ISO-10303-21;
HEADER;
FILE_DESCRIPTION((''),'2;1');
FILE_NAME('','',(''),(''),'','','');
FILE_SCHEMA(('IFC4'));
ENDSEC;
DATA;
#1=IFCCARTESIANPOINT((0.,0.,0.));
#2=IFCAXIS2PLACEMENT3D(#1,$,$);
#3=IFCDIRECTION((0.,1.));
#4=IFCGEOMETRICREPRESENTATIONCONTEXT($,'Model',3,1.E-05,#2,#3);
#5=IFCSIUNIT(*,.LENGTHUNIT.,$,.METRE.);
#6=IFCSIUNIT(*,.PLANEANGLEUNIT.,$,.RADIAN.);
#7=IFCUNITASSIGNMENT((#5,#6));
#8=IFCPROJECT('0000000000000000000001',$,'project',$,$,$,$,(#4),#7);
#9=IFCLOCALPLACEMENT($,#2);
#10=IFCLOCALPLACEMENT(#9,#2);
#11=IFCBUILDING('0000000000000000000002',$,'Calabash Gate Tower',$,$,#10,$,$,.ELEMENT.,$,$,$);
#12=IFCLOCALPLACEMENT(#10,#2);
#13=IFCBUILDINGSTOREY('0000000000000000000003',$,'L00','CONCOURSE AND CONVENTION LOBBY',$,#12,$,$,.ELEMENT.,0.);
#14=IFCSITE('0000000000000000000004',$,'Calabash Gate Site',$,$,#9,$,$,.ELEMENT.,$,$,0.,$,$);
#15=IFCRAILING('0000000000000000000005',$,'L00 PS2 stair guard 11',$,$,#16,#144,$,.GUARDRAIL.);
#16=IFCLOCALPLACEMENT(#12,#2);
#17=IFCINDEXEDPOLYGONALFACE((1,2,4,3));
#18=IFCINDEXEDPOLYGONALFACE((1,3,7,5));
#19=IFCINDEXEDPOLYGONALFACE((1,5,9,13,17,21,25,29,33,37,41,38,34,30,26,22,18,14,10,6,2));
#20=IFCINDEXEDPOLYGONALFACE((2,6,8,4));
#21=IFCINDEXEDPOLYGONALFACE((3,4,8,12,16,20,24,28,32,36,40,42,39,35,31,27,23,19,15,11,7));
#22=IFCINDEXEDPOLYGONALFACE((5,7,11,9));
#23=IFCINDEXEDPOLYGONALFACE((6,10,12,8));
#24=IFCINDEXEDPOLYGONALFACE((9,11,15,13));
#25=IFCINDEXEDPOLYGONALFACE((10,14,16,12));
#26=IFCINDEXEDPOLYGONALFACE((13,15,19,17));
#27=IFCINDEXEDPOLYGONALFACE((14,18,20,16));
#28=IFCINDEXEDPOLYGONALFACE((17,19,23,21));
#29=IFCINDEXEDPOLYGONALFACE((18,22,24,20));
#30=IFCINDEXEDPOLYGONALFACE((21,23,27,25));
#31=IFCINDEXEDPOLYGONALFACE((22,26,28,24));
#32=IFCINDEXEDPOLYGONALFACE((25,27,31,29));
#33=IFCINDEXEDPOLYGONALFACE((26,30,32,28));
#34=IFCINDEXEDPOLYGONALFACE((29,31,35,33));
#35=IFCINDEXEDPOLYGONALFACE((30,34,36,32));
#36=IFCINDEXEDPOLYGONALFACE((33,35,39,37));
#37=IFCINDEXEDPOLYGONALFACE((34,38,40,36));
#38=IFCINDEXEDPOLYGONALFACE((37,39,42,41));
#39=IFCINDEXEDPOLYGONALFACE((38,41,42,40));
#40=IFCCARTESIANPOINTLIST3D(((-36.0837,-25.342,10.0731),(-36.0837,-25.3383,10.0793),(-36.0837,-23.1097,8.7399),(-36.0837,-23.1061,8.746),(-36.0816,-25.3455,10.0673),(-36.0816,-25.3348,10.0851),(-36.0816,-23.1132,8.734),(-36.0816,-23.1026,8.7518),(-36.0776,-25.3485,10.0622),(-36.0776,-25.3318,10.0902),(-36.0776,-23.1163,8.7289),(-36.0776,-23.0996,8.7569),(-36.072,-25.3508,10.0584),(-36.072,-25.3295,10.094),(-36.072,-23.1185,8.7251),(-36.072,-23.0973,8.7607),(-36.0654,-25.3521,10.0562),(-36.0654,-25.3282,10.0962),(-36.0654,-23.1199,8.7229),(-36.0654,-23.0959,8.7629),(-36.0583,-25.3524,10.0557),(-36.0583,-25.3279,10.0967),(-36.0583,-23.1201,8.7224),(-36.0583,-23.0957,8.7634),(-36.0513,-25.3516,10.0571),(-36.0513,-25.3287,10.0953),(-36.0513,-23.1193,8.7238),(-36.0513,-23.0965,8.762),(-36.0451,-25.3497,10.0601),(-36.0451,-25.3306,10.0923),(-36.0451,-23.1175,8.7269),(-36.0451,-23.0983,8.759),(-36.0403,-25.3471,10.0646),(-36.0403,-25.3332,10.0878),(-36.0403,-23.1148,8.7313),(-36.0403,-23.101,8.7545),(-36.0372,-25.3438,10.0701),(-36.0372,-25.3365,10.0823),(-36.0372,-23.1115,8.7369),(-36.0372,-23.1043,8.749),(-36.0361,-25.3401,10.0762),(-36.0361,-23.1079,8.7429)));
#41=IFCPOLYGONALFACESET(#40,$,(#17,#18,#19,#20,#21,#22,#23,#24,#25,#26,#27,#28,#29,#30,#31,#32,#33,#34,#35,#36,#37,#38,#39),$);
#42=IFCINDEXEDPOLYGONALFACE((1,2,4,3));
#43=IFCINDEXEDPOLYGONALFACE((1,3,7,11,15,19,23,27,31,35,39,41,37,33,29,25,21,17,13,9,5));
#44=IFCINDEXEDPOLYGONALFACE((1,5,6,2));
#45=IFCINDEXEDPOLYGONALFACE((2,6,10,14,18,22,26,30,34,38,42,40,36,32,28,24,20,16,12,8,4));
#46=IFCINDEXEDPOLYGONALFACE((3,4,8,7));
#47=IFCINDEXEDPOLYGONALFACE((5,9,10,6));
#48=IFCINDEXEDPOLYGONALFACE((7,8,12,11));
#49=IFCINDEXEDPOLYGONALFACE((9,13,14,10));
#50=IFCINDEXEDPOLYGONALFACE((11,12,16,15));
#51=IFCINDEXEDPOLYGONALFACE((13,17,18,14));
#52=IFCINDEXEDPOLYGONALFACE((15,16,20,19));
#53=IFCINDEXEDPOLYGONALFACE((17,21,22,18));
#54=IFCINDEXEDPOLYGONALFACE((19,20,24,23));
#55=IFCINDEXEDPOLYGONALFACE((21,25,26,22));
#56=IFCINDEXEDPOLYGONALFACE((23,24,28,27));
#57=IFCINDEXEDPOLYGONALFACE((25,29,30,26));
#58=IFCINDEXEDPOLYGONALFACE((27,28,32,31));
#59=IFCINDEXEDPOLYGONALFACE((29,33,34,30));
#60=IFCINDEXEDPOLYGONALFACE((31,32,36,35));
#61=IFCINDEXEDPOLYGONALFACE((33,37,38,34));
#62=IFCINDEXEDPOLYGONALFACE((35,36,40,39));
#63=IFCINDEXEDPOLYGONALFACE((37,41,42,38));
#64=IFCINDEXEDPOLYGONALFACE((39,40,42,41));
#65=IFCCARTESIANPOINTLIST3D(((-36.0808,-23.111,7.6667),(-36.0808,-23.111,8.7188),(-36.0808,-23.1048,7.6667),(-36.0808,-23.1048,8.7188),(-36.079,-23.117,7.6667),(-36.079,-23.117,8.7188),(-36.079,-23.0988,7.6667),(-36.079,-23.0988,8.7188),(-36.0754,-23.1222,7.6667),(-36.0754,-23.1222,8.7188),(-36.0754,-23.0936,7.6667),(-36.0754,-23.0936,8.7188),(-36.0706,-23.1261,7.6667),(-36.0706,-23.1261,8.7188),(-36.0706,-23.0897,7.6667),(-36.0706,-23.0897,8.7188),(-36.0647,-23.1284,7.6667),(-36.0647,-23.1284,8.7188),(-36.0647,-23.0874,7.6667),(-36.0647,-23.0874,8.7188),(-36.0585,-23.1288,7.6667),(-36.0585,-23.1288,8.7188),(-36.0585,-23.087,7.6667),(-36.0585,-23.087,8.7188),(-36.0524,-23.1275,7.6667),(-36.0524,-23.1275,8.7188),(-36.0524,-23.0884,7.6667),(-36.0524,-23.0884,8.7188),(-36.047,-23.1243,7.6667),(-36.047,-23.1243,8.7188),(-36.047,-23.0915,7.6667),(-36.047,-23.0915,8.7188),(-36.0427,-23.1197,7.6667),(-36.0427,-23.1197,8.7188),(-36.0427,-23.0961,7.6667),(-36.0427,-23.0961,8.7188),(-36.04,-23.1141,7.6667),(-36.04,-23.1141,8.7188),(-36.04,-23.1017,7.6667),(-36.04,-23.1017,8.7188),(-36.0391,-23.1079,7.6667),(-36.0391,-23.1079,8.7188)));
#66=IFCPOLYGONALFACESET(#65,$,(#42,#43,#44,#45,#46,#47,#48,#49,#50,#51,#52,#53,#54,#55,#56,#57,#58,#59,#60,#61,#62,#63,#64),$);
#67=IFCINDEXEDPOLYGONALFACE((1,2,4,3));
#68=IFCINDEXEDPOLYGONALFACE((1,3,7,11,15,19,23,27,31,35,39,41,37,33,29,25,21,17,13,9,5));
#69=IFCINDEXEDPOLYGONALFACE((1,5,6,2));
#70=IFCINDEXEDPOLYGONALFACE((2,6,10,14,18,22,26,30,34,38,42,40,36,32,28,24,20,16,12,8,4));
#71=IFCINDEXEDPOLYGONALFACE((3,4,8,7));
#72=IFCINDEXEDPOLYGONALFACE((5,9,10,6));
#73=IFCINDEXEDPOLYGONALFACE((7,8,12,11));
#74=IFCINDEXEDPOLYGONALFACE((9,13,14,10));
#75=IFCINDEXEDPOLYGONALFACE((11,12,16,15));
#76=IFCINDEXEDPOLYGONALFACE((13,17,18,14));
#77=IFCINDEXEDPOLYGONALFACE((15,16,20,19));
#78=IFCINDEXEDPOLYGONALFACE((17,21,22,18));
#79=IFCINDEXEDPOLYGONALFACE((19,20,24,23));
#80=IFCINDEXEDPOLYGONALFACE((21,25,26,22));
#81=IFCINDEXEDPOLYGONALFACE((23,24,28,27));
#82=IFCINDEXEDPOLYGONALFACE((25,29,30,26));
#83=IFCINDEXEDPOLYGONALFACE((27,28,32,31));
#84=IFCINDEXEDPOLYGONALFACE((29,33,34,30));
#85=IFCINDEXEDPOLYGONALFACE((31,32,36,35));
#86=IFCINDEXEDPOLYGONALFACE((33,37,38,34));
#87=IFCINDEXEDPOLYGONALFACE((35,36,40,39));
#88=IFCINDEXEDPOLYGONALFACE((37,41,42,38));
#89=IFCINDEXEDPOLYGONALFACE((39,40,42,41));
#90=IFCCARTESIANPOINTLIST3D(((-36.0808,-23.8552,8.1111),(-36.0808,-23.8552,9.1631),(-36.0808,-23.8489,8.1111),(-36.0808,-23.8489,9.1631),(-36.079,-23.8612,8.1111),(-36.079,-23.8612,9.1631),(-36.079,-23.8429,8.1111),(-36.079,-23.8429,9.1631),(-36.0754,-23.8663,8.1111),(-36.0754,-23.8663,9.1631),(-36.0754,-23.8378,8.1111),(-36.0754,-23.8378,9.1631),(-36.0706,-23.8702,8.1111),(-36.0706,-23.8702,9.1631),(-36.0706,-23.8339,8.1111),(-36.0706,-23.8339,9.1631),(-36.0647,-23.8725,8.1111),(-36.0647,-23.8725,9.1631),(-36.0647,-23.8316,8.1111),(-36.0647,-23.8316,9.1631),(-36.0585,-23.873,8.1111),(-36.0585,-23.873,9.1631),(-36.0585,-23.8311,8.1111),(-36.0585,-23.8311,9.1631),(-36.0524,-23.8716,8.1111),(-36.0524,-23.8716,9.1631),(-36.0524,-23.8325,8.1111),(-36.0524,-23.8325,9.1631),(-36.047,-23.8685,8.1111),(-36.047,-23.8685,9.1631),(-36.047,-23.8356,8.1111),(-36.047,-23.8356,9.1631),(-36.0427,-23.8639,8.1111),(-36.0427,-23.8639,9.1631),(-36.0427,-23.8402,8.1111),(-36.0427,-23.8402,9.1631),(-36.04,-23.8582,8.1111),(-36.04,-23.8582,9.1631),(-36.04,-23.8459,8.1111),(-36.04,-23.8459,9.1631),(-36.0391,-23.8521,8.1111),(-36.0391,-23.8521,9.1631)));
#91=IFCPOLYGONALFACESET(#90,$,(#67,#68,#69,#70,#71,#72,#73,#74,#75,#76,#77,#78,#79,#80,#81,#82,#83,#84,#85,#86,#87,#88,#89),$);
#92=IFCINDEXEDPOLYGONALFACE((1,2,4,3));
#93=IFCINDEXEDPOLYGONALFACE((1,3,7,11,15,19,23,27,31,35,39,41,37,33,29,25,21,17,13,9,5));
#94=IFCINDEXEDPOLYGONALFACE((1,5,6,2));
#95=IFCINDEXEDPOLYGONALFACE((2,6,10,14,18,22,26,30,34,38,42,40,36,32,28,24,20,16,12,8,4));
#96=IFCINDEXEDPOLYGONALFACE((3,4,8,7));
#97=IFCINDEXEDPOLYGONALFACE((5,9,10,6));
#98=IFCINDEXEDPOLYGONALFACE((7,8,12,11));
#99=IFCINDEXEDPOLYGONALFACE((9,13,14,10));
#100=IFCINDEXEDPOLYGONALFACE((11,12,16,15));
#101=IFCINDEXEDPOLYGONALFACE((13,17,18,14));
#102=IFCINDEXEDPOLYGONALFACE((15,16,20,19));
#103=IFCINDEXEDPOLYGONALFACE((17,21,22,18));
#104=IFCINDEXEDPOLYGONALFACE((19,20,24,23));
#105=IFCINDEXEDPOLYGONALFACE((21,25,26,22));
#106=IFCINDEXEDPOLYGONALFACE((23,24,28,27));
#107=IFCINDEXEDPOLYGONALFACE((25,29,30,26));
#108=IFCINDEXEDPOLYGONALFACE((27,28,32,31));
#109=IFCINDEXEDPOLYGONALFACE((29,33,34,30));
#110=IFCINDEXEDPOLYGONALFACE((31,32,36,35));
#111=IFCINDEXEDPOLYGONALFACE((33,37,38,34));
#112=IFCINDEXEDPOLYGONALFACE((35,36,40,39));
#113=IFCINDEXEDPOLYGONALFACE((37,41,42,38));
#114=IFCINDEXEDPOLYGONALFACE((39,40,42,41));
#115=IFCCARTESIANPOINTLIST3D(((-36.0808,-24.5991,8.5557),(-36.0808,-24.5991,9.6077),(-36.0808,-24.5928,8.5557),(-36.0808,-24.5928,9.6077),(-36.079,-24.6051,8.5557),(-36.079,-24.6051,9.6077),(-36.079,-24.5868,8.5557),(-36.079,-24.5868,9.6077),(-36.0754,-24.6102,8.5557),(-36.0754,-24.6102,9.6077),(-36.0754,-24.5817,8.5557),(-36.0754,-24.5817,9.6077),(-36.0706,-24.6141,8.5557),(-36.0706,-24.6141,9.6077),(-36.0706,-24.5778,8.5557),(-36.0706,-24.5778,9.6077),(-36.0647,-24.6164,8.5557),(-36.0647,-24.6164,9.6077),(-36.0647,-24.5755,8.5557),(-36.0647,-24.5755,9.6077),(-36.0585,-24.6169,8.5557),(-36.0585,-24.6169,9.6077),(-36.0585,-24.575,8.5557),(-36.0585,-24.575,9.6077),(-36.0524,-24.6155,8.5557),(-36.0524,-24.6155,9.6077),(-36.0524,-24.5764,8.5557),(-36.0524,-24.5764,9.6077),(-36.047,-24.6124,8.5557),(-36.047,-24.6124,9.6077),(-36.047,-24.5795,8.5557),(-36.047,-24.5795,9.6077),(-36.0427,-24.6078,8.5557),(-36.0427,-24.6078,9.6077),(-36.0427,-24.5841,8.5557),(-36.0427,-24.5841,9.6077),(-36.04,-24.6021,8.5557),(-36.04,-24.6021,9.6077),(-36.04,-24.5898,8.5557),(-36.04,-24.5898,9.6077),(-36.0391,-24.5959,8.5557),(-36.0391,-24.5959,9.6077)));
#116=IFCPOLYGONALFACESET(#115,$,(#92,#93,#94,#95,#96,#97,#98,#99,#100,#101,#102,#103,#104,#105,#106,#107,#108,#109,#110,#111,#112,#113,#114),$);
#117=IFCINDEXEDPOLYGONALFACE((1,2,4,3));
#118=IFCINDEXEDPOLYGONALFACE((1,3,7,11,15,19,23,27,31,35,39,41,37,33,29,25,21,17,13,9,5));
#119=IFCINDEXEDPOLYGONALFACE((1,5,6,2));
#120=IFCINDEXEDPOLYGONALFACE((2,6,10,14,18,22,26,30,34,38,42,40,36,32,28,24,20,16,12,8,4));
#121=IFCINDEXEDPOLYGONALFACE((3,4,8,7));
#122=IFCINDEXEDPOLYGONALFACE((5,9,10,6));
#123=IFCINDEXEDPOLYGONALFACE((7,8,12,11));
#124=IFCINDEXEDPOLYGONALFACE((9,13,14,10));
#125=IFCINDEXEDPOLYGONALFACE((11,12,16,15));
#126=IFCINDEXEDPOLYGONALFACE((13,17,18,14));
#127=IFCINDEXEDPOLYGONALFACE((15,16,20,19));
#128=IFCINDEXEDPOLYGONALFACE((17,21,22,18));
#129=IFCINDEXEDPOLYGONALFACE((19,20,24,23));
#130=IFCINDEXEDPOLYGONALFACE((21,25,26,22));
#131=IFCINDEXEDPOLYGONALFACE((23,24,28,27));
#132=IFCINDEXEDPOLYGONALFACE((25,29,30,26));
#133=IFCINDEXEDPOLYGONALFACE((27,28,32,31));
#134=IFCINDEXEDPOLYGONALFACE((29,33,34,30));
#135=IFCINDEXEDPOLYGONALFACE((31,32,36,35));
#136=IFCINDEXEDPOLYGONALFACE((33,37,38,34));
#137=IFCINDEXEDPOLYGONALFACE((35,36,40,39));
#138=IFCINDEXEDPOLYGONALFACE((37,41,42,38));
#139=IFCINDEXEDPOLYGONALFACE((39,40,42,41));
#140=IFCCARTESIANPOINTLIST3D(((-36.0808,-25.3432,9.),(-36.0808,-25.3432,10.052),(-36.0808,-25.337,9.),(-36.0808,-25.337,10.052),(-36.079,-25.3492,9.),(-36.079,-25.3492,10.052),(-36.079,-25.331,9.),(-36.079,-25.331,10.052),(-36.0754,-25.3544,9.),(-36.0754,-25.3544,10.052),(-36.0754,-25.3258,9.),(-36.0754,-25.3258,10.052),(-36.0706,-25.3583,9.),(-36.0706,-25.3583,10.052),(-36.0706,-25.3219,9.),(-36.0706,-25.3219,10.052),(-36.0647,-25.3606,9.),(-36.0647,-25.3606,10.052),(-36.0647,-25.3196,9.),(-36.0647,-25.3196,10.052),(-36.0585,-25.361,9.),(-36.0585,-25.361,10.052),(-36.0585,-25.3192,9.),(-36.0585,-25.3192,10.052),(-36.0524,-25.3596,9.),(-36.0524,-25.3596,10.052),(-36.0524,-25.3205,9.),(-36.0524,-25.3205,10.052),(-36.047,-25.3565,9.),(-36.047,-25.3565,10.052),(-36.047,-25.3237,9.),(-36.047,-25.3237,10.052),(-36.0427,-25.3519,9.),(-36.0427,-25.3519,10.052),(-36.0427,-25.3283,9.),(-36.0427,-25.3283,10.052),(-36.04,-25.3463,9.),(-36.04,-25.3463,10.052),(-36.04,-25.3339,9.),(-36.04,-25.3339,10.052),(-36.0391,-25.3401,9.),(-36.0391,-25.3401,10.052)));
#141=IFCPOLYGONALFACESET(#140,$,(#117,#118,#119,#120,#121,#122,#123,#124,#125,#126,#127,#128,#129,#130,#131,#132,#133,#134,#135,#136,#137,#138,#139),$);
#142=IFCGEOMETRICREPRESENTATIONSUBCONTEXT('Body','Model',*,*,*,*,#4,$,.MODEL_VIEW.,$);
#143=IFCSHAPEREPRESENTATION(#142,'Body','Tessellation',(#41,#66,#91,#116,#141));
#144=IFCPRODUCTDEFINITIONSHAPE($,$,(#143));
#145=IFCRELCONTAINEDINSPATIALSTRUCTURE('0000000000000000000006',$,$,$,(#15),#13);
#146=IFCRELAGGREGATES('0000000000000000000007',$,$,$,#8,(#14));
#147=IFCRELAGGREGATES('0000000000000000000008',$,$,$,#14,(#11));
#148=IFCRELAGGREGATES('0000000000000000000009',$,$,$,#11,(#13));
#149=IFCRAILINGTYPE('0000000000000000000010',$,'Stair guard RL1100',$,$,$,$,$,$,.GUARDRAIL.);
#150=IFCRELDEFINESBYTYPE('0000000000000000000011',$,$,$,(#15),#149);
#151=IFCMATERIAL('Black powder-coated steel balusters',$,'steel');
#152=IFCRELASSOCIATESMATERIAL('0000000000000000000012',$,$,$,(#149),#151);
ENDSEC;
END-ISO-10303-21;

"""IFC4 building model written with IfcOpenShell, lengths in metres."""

from ifc_helpers import new_model, si_unit, direction, frame, origin, origin_2d, place, context, subcontext, project, spatial, circle, extrude, material, type_object, element, save


model = new_model("IFC4")

# Units and contexts
model_context = context("Model", 3, precision=1e-05, world=origin(), true_north=direction((0.0, 1.0)))
body_context = subcontext(model_context, "Body", "Model", "MODEL_VIEW")
ifc_project = project(units=[si_unit("LENGTHUNIT", "METRE"), si_unit("PLANEANGLEUNIT", "RADIAN")], contexts=[model_context])

# Site, building, storey
site_placement = place(None, origin())
site = spatial("IfcSite", under=ifc_project, at=site_placement, Name="Calabash Gate Site", CompositionType="ELEMENT", RefElevation=0.0)
building_placement = place(site_placement, origin())
building = spatial("IfcBuilding", under=site, at=building_placement, Name="Calabash Gate Tower", CompositionType="ELEMENT")
storey_placement = place(building_placement, origin())
storey = spatial("IfcBuildingStorey", under=building, at=storey_placement, Name="L00", Description="CONCOURSE AND CONVENTION LOBBY", CompositionType="ELEMENT", Elevation=0.0)

# Railing
ifc_material_1 = material(Name="Black powder-coated steel balusters", Category="steel")
railing_type_1 = type_object("IfcRailingType", Name="Stair guard RL1100", PredefinedType="GUARDRAIL", material=ifc_material_1)
railing_1_placement = place(storey_placement, frame((-36.0601, -23.1079, 7.6667)))
element("IfcRailing", 1, at=railing_1_placement, inside=storey, type_object=railing_type_1, Name="L00 PS2 stair guard 11", PredefinedType="GUARDRAIL", context=body_context, shape_type="SweptSolid", body=[
    extrude(circle(Radius=0.0239, at=origin_2d()), frame((0.0, 0.0, 1.0762), z_axis=(0.0, -0.858519, 0.512782), x_axis=(1.0, 0.0, 0.0)), (0.0, 0.0, 1.0), 2.6001),
    extrude(circle(Radius=0.021, at=origin_2d()), origin(), (0.0, 0.0, 1.0), 1.052),
    extrude(circle(Radius=0.021, at=origin_2d()), frame((0.0, -0.7441, 0.4443)), (0.0, 0.0, 1.0), 1.052),
    extrude(circle(Radius=0.021, at=origin_2d()), frame((0.0, -1.488, 0.8889)), (0.0, 0.0, 1.0), 1.052),
    extrude(circle(Radius=0.021, at=origin_2d()), frame((0.0, -2.2322, 1.3333)), (0.0, 0.0, 1.0), 1.052),
])

save(model, "model.ifc")
